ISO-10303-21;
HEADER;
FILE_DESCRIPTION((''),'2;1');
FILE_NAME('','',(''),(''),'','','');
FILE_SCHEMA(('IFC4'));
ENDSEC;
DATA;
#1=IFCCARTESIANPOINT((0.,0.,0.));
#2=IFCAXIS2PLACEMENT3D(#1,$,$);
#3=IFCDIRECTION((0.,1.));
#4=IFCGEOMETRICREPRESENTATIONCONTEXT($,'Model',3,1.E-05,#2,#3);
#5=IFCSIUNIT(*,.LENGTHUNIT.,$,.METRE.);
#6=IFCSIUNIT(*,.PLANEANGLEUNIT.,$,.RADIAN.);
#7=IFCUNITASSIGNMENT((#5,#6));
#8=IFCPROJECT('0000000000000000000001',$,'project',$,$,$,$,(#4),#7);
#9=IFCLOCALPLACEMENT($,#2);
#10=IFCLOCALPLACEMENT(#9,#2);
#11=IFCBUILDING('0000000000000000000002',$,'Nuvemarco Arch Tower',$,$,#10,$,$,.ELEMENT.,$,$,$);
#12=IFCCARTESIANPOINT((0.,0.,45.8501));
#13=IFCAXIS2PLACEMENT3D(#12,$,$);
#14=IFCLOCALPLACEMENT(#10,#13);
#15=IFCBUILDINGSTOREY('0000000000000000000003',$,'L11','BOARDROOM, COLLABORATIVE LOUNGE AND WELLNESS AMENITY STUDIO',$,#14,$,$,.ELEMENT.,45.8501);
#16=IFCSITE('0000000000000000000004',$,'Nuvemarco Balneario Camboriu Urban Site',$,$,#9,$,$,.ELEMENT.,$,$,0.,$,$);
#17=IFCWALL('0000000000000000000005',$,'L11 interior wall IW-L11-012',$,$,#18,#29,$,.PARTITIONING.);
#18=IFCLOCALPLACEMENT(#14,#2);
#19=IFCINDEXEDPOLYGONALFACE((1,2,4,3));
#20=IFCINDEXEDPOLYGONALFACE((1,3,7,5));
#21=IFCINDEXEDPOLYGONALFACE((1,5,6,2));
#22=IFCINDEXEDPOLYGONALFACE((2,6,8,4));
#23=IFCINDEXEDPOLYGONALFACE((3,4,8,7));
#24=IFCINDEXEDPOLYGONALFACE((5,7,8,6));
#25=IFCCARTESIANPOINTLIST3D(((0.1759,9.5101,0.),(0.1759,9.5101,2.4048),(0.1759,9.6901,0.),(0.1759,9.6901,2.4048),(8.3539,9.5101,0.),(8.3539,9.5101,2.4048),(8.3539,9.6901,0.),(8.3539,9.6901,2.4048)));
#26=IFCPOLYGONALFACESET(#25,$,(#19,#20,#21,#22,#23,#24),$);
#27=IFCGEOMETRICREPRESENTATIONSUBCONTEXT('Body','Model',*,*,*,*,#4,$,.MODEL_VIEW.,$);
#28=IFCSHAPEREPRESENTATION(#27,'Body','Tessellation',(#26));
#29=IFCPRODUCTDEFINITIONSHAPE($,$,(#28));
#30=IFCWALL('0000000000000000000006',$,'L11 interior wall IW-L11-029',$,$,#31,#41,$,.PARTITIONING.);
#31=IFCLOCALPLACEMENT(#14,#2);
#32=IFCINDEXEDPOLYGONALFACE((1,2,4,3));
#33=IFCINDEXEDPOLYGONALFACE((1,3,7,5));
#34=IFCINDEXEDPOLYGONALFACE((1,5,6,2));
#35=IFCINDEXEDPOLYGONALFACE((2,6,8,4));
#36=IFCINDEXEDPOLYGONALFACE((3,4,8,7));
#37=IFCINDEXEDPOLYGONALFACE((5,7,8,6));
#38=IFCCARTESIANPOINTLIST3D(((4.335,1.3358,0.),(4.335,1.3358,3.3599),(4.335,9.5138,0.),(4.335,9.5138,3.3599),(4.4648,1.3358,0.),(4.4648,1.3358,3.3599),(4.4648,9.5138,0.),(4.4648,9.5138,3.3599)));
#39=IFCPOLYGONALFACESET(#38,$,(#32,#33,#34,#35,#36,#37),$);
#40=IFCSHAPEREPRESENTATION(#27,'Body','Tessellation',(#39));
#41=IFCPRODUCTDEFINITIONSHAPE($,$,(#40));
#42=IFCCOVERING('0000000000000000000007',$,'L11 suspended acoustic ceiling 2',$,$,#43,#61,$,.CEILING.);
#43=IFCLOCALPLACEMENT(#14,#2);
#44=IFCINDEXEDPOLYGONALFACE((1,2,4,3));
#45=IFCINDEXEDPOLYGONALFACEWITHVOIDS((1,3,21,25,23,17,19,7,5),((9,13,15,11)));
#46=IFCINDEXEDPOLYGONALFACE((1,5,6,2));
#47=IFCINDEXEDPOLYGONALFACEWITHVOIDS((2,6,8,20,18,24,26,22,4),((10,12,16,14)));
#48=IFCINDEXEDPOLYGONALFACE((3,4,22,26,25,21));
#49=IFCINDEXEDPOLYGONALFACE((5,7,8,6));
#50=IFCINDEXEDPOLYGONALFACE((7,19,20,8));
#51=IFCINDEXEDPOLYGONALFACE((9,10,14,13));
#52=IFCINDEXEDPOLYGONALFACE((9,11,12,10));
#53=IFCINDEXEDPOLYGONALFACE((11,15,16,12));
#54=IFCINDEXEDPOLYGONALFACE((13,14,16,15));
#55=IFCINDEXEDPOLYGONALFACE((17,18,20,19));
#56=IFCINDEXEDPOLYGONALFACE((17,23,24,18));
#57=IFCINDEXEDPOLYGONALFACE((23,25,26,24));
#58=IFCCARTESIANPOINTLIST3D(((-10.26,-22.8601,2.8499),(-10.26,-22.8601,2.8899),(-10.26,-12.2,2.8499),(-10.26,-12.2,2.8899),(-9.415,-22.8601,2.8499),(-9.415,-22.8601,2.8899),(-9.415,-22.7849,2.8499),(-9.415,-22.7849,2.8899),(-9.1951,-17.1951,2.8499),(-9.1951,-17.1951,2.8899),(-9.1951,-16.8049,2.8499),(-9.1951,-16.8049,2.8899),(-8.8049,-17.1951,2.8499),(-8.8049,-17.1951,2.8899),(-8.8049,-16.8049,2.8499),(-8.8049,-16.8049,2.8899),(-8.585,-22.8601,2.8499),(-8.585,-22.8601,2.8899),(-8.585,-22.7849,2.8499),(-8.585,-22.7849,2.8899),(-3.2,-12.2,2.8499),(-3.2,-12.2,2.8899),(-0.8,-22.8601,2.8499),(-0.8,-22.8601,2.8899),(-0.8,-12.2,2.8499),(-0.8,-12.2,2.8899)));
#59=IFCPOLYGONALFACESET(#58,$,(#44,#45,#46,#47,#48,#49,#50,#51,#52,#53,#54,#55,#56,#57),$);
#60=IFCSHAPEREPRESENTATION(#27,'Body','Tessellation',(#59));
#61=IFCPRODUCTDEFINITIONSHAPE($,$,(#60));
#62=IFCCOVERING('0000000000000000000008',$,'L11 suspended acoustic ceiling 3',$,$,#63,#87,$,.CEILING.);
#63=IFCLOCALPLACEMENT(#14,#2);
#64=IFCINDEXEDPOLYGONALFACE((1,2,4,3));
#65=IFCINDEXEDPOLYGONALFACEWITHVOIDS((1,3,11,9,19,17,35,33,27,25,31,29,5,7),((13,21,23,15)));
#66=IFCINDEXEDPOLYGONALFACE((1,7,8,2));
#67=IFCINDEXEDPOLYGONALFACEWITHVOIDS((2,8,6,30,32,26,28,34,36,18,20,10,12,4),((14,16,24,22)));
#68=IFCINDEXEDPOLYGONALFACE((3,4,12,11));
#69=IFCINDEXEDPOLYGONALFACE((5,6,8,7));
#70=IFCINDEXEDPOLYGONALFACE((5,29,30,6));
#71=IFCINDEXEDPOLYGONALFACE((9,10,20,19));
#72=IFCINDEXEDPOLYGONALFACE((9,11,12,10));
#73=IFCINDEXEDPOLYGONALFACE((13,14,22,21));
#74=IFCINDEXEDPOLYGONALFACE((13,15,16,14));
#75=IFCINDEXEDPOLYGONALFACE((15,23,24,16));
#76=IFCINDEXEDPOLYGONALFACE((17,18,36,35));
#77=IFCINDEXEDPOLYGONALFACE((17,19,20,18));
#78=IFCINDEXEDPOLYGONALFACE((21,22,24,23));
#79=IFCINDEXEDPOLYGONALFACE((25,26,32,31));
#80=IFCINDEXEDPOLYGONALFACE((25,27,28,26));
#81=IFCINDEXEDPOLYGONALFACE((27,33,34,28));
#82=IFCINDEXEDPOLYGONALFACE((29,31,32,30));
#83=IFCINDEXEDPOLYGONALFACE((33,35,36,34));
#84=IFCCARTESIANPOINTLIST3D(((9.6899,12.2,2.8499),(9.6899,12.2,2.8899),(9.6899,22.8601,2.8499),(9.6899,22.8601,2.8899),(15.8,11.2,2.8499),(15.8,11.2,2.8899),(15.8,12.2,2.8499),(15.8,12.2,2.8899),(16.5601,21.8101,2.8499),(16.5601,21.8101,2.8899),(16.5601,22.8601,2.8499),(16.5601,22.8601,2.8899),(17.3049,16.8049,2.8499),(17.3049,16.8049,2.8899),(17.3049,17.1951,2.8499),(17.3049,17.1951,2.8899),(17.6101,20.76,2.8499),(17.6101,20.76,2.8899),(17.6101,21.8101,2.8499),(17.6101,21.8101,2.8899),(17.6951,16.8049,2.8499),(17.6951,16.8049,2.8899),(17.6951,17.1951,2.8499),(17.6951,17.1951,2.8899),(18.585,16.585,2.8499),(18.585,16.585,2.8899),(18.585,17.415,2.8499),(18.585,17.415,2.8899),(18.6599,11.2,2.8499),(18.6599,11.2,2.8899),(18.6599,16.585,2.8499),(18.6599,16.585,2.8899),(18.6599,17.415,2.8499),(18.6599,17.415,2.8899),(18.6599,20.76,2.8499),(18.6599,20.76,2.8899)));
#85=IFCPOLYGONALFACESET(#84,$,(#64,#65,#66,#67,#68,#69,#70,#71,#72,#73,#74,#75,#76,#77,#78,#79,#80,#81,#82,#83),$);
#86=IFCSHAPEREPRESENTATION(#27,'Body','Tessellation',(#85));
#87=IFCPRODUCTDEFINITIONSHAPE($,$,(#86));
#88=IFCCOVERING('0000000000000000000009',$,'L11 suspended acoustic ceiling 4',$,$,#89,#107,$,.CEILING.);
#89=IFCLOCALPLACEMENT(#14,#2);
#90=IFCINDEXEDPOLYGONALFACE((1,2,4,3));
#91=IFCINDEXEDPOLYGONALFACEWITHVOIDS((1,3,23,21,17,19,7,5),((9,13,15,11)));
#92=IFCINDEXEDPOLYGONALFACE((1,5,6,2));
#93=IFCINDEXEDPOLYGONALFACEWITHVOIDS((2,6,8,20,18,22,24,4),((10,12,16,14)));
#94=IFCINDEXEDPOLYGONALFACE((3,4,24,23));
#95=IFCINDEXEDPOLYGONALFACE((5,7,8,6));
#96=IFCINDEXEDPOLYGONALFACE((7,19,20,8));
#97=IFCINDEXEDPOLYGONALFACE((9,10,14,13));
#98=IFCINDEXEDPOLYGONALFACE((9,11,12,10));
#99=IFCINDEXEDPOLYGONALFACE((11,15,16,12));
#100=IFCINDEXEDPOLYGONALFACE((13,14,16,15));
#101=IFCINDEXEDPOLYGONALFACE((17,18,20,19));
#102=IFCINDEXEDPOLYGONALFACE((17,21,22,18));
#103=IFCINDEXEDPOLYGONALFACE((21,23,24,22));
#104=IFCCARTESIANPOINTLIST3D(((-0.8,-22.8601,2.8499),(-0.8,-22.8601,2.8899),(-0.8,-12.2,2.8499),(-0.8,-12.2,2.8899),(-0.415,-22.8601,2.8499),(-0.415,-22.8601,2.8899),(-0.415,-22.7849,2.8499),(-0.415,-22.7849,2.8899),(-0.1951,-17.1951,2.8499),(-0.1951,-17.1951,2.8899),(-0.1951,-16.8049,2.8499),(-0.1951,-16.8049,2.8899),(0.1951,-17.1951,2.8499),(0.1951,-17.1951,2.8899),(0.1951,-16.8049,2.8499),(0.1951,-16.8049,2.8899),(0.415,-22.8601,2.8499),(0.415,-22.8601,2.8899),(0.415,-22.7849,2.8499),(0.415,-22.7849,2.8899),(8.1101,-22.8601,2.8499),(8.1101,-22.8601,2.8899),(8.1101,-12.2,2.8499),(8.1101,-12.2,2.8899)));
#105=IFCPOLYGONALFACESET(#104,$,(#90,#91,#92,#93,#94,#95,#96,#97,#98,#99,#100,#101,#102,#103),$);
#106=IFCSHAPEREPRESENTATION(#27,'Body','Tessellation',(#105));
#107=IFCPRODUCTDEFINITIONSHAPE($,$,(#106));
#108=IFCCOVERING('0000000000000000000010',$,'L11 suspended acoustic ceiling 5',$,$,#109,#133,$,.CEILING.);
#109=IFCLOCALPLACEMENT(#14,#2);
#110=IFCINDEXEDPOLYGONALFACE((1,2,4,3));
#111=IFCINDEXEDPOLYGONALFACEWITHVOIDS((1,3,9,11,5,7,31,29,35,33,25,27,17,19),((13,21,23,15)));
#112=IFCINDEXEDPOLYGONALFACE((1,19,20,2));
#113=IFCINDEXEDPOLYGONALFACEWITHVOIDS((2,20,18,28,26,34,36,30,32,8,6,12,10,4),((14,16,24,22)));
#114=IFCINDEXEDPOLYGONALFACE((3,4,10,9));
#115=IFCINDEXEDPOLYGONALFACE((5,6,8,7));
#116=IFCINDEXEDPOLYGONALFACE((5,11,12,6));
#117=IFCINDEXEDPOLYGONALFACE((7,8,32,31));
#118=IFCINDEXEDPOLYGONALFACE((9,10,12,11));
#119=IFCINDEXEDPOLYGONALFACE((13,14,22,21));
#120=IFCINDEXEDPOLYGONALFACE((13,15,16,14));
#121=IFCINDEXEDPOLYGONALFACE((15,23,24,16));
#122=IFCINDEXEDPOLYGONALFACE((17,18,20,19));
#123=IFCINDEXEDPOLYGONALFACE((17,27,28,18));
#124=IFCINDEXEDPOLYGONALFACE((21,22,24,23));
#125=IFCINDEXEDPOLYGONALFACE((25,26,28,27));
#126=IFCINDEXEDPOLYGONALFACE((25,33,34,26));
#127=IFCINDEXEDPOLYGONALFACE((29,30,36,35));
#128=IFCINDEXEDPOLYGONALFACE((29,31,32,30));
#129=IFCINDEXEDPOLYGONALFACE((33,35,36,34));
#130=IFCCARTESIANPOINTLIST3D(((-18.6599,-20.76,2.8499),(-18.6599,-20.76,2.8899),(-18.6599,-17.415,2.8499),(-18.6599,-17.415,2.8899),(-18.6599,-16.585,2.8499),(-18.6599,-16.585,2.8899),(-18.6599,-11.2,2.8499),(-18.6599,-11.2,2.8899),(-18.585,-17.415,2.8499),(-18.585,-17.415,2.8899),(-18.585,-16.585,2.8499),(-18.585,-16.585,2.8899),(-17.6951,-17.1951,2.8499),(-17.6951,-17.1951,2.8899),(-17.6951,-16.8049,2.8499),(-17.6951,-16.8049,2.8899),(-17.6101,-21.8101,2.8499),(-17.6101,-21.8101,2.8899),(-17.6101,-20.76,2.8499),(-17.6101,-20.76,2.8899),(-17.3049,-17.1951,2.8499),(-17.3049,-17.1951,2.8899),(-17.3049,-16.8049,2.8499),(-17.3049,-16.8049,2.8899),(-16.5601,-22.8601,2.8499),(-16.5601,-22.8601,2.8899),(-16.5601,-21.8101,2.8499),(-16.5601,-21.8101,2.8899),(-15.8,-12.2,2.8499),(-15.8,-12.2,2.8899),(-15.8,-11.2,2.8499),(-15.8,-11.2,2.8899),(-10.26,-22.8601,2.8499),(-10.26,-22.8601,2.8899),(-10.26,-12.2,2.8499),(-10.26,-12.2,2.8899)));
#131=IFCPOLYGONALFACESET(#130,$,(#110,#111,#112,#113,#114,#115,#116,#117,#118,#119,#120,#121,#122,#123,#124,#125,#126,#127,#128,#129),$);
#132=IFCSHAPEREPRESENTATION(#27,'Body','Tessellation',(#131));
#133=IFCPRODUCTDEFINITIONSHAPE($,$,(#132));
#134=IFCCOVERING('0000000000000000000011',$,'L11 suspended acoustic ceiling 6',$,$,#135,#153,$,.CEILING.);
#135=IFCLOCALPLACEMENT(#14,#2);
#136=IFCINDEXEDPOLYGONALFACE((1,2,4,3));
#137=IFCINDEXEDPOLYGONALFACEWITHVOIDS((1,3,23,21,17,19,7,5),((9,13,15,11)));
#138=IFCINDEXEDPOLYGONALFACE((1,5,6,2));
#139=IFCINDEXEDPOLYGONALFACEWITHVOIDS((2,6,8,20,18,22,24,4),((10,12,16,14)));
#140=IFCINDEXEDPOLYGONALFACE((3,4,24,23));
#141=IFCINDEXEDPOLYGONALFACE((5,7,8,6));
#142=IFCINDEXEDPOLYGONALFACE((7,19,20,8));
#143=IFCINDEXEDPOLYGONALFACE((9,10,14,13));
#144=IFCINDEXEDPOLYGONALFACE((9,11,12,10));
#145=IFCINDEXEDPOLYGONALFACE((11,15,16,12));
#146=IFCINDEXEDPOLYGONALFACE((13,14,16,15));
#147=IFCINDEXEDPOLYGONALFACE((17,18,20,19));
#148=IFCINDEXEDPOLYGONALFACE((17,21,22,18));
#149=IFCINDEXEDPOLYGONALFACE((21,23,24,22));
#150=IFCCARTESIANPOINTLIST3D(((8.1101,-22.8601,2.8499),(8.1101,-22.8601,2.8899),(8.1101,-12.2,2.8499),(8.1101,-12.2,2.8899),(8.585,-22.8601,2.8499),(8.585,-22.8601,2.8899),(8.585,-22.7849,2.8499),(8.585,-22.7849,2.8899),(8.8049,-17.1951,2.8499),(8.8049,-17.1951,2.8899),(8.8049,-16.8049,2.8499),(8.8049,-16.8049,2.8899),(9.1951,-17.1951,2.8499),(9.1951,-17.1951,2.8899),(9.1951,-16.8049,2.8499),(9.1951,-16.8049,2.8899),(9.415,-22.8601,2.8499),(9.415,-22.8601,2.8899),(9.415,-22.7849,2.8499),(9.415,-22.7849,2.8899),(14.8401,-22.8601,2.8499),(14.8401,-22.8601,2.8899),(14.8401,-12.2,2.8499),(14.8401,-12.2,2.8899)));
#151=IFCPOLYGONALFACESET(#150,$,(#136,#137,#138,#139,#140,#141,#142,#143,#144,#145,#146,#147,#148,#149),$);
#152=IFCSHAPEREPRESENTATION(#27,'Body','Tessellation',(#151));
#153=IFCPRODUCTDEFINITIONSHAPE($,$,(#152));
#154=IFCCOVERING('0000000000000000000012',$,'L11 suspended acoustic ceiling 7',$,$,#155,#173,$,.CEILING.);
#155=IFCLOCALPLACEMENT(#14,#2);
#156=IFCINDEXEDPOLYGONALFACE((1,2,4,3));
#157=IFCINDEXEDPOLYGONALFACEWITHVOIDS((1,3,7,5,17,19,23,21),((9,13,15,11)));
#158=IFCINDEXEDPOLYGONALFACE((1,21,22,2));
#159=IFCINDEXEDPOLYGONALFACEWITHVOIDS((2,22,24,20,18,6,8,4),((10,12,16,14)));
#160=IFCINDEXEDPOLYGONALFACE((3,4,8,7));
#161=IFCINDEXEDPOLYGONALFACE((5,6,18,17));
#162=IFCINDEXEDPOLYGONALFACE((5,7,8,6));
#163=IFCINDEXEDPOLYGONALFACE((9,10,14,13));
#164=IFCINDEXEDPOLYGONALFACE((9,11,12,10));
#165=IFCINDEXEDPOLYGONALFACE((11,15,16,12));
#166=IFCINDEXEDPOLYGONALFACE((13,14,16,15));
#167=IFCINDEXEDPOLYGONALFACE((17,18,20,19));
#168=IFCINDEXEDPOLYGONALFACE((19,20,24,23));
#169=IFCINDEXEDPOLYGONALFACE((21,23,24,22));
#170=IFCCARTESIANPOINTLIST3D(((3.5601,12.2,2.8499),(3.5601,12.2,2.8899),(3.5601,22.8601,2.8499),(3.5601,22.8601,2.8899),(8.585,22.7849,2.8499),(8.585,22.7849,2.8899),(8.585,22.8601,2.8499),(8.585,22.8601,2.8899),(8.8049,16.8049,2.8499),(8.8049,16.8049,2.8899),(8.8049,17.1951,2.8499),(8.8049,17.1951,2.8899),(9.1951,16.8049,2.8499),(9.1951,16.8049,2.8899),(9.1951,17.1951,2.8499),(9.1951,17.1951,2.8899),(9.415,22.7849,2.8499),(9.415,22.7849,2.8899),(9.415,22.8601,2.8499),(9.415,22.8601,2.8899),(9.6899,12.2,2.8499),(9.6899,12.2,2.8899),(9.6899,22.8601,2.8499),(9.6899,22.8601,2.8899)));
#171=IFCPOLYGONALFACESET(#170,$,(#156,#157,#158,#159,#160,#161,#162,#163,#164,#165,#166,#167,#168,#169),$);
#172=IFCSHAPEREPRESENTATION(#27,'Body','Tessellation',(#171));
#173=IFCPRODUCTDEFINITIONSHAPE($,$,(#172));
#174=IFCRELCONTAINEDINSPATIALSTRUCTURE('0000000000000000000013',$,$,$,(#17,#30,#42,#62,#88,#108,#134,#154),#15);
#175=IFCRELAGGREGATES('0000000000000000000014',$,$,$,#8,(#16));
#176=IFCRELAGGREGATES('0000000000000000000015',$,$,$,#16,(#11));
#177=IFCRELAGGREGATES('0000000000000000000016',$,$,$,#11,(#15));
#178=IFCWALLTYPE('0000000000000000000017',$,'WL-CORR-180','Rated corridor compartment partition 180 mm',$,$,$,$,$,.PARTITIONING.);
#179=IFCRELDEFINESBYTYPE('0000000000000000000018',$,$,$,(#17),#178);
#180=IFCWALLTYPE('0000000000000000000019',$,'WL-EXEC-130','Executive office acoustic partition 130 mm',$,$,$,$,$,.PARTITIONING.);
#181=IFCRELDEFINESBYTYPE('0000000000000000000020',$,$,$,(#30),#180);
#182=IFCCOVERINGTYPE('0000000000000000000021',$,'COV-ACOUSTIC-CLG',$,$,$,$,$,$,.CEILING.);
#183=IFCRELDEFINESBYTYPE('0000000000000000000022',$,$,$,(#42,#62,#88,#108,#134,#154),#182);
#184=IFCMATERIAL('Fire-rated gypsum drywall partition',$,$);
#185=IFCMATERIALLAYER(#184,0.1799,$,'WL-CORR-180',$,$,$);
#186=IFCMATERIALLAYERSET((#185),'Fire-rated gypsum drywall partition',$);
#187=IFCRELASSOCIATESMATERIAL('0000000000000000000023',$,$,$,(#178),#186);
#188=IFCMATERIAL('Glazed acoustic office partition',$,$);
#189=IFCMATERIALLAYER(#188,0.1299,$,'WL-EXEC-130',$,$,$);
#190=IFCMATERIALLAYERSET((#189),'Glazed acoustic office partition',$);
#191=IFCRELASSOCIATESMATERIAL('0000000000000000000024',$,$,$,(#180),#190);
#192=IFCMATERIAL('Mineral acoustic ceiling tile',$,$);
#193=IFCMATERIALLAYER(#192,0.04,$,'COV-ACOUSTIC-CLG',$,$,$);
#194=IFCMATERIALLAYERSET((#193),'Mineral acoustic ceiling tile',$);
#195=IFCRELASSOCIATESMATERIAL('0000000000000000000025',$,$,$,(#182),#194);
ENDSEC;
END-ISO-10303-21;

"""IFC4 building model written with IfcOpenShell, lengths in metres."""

from ifc_helpers import new_model, si_unit, direction, frame, frame_2d, origin, place, context, subcontext, project, spatial, polyline, rectangle, outline, extrude, material, layer, layer_set, type_object, element, save


model = new_model("IFC4")

# Units and contexts
model_context = context("Model", 3, precision=1e-05, world=origin(), true_north=direction((0.0, 1.0)))
body_context = subcontext(model_context, "Body", "Model", "MODEL_VIEW")
ifc_project = project(units=[si_unit("LENGTHUNIT", "METRE"), si_unit("PLANEANGLEUNIT", "RADIAN")], contexts=[model_context])

# Site, building, storey
site_placement = place(None, origin())
site = spatial("IfcSite", under=ifc_project, at=site_placement, Name="Nuvemarco Balneario Camboriu Urban Site", CompositionType="ELEMENT", RefElevation=0.0)
building_placement = place(site_placement, origin())
building = spatial("IfcBuilding", under=site, at=building_placement, Name="Nuvemarco Arch Tower", CompositionType="ELEMENT")
storey_placement = place(building_placement, frame((0.0, 0.0, 45.8501)))
storey = spatial("IfcBuildingStorey", under=building, at=storey_placement, Name="L11", Description="BOARDROOM, COLLABORATIVE LOUNGE AND WELLNESS AMENITY STUDIO", CompositionType="ELEMENT", Elevation=45.8501)

# Walls
ifc_material_1 = material(Name="Fire-rated gypsum drywall partition")
ifc_layer_1 = layer(ifc_material_1, 0.1799, Name="WL-CORR-180")
ifc_layer_set_1 = layer_set([ifc_layer_1], Name="Fire-rated gypsum drywall partition")
wall_type_1 = type_object("IfcWallType", Name="WL-CORR-180", Description="Rated corridor compartment partition 180 mm", PredefinedType="PARTITIONING", material=ifc_layer_set_1)
wall_1_placement = place(storey_placement, frame((0.176, 9.6001, 0.0), z_axis=(0.0, 0.0, 1.0), x_axis=(1.0, 0.0, 0.0)))
element("IfcWall", 1, at=wall_1_placement, inside=storey, type_object=wall_type_1, Name="L11 interior wall IW-L11-012", PredefinedType="PARTITIONING", context=body_context, shape_type="SweptSolid", body=[
    extrude(rectangle(XDim=8.178, YDim=0.1799, at=frame_2d((4.0889, 0.0))), origin(), (0.0, 0.0, 1.0), 2.4048),
])
ifc_material_2 = material(Name="Glazed acoustic office partition")
ifc_layer_2 = layer(ifc_material_2, 0.1299, Name="WL-EXEC-130")
ifc_layer_set_2 = layer_set([ifc_layer_2], Name="Glazed acoustic office partition")
wall_type_2 = type_object("IfcWallType", Name="WL-EXEC-130", Description="Executive office acoustic partition 130 mm", PredefinedType="PARTITIONING", material=ifc_layer_set_2)
wall_2_placement = place(storey_placement, frame((4.3999, 1.3359, 0.0), z_axis=(0.0, 0.0, 1.0), x_axis=(0.0, 1.0, 0.0)))
element("IfcWall", 2, at=wall_2_placement, inside=storey, type_object=wall_type_2, Name="L11 interior wall IW-L11-029", PredefinedType="PARTITIONING", context=body_context, shape_type="SweptSolid", body=[
    extrude(rectangle(XDim=8.178, YDim=0.1299, at=frame_2d((4.0889, 0.0))), origin(), (0.0, 0.0, 1.0), 3.3599),
])

# Coverings
ifc_material_3 = material(Name="Mineral acoustic ceiling tile")
ifc_layer_3 = layer(ifc_material_3, 0.04, Name="COV-ACOUSTIC-CLG")
ifc_layer_set_3 = layer_set([ifc_layer_3], Name="Mineral acoustic ceiling tile")
covering_type_1 = type_object("IfcCoveringType", Name="COV-ACOUSTIC-CLG", PredefinedType="CEILING", material=ifc_layer_set_3)
covering_1_placement = place(storey_placement, frame((0.0, 0.0, 2.8499)))
element("IfcCovering", 3, at=covering_1_placement, inside=storey, type_object=covering_type_1, Name="L11 suspended acoustic ceiling 2", PredefinedType="CEILING", context=body_context, shape_type="SweptSolid", body=[
    extrude(outline(polyline([(-0.8, -22.8601), (-8.585, -22.8601), (-8.585, -22.7849), (-9.415, -22.7849), (-9.415, -22.8601), (-10.26, -22.8601), (-10.26, -12.2), (-3.2, -12.2), (-0.8, -12.2), (-0.8, -22.8601)]), holes=[polyline([(-8.8049, -17.1951), (-8.8049, -16.8049), (-9.1951, -16.8049), (-9.1951, -17.1951), (-8.8049, -17.1951)])]), origin(), (0.0, 0.0, 1.0), 0.04),
])
covering_2_placement = place(storey_placement, frame((0.0, 0.0, 2.8499)))
element("IfcCovering", 4, at=covering_2_placement, inside=storey, type_object=covering_type_1, Name="L11 suspended acoustic ceiling 3", PredefinedType="CEILING", context=body_context, shape_type="SweptSolid", body=[
    extrude(outline(polyline([(18.6599, 20.76), (18.6599, 17.415), (18.585, 17.415), (18.585, 16.585), (18.6599, 16.585), (18.6599, 11.2), (15.8, 11.2), (15.8, 12.2), (9.6899, 12.2), (9.6899, 22.8601), (16.5601, 22.8601), (16.5601, 21.8101), (17.6101, 21.8101), (17.6101, 20.76), (18.6599, 20.76)]), holes=[polyline([(17.6951, 16.8049), (17.6951, 17.1951), (17.3049, 17.1951), (17.3049, 16.8049), (17.6951, 16.8049)])]), origin(), (0.0, 0.0, 1.0), 0.04),
])
covering_3_placement = place(storey_placement, frame((0.0, 0.0, 2.8499)))
element("IfcCovering", 5, at=covering_3_placement, inside=storey, type_object=covering_type_1, Name="L11 suspended acoustic ceiling 4", PredefinedType="CEILING", context=body_context, shape_type="SweptSolid", body=[
    extrude(outline(polyline([(0.415, -22.8601), (0.415, -22.7849), (-0.415, -22.7849), (-0.415, -22.8601), (-0.8, -22.8601), (-0.8, -12.2), (8.1101, -12.2), (8.1101, -22.8601), (0.415, -22.8601)]), holes=[polyline([(0.1951, -17.1951), (0.1951, -16.8049), (-0.1951, -16.8049), (-0.1951, -17.1951), (0.1951, -17.1951)])]), origin(), (0.0, 0.0, 1.0), 0.04),
])
covering_4_placement = place(storey_placement, frame((0.0, 0.0, 2.8499)))
element("IfcCovering", 6, at=covering_4_placement, inside=storey, type_object=covering_type_1, Name="L11 suspended acoustic ceiling 5", PredefinedType="CEILING", context=body_context, shape_type="SweptSolid", body=[
    extrude(outline(polyline([(-18.6599, -20.76), (-18.6599, -17.415), (-18.585, -17.415), (-18.585, -16.585), (-18.6599, -16.585), (-18.6599, -11.2), (-15.8, -11.2), (-15.8, -12.2), (-10.26, -12.2), (-10.26, -22.8601), (-16.5601, -22.8601), (-16.5601, -21.8101), (-17.6101, -21.8101), (-17.6101, -20.76), (-18.6599, -20.76)]), holes=[polyline([(-17.3049, -16.8049), (-17.6951, -16.8049), (-17.6951, -17.1951), (-17.3049, -17.1951), (-17.3049, -16.8049)])]), origin(), (0.0, 0.0, 1.0), 0.04),
])
covering_5_placement = place(storey_placement, frame((0.0, 0.0, 2.8499)))
element("IfcCovering", 7, at=covering_5_placement, inside=storey, type_object=covering_type_1, Name="L11 suspended acoustic ceiling 6", PredefinedType="CEILING", context=body_context, shape_type="SweptSolid", body=[
    extrude(outline(polyline([(9.415, -22.8601), (9.415, -22.7849), (8.585, -22.7849), (8.585, -22.8601), (8.1101, -22.8601), (8.1101, -12.2), (14.8401, -12.2), (14.8401, -22.8601), (9.415, -22.8601)]), holes=[polyline([(9.1951, -17.1951), (9.1951, -16.8049), (8.8049, -16.8049), (8.8049, -17.1951), (9.1951, -17.1951)])]), origin(), (0.0, 0.0, 1.0), 0.04),
])
covering_6_placement = place(storey_placement, frame((0.0, 0.0, 2.8499)))
element("IfcCovering", 8, at=covering_6_placement, inside=storey, type_object=covering_type_1, Name="L11 suspended acoustic ceiling 7", PredefinedType="CEILING", context=body_context, shape_type="SweptSolid", body=[
    extrude(outline(polyline([(9.6899, 12.2), (3.5601, 12.2), (3.5601, 22.8601), (8.585, 22.8601), (8.585, 22.7849), (9.415, 22.7849), (9.415, 22.8601), (9.6899, 22.8601), (9.6899, 12.2)]), holes=[polyline([(9.1951, 17.1951), (8.8049, 17.1951), (8.8049, 16.8049), (9.1951, 16.8049), (9.1951, 17.1951)])]), origin(), (0.0, 0.0, 1.0), 0.04),
])

save(model, "model.ifc")
